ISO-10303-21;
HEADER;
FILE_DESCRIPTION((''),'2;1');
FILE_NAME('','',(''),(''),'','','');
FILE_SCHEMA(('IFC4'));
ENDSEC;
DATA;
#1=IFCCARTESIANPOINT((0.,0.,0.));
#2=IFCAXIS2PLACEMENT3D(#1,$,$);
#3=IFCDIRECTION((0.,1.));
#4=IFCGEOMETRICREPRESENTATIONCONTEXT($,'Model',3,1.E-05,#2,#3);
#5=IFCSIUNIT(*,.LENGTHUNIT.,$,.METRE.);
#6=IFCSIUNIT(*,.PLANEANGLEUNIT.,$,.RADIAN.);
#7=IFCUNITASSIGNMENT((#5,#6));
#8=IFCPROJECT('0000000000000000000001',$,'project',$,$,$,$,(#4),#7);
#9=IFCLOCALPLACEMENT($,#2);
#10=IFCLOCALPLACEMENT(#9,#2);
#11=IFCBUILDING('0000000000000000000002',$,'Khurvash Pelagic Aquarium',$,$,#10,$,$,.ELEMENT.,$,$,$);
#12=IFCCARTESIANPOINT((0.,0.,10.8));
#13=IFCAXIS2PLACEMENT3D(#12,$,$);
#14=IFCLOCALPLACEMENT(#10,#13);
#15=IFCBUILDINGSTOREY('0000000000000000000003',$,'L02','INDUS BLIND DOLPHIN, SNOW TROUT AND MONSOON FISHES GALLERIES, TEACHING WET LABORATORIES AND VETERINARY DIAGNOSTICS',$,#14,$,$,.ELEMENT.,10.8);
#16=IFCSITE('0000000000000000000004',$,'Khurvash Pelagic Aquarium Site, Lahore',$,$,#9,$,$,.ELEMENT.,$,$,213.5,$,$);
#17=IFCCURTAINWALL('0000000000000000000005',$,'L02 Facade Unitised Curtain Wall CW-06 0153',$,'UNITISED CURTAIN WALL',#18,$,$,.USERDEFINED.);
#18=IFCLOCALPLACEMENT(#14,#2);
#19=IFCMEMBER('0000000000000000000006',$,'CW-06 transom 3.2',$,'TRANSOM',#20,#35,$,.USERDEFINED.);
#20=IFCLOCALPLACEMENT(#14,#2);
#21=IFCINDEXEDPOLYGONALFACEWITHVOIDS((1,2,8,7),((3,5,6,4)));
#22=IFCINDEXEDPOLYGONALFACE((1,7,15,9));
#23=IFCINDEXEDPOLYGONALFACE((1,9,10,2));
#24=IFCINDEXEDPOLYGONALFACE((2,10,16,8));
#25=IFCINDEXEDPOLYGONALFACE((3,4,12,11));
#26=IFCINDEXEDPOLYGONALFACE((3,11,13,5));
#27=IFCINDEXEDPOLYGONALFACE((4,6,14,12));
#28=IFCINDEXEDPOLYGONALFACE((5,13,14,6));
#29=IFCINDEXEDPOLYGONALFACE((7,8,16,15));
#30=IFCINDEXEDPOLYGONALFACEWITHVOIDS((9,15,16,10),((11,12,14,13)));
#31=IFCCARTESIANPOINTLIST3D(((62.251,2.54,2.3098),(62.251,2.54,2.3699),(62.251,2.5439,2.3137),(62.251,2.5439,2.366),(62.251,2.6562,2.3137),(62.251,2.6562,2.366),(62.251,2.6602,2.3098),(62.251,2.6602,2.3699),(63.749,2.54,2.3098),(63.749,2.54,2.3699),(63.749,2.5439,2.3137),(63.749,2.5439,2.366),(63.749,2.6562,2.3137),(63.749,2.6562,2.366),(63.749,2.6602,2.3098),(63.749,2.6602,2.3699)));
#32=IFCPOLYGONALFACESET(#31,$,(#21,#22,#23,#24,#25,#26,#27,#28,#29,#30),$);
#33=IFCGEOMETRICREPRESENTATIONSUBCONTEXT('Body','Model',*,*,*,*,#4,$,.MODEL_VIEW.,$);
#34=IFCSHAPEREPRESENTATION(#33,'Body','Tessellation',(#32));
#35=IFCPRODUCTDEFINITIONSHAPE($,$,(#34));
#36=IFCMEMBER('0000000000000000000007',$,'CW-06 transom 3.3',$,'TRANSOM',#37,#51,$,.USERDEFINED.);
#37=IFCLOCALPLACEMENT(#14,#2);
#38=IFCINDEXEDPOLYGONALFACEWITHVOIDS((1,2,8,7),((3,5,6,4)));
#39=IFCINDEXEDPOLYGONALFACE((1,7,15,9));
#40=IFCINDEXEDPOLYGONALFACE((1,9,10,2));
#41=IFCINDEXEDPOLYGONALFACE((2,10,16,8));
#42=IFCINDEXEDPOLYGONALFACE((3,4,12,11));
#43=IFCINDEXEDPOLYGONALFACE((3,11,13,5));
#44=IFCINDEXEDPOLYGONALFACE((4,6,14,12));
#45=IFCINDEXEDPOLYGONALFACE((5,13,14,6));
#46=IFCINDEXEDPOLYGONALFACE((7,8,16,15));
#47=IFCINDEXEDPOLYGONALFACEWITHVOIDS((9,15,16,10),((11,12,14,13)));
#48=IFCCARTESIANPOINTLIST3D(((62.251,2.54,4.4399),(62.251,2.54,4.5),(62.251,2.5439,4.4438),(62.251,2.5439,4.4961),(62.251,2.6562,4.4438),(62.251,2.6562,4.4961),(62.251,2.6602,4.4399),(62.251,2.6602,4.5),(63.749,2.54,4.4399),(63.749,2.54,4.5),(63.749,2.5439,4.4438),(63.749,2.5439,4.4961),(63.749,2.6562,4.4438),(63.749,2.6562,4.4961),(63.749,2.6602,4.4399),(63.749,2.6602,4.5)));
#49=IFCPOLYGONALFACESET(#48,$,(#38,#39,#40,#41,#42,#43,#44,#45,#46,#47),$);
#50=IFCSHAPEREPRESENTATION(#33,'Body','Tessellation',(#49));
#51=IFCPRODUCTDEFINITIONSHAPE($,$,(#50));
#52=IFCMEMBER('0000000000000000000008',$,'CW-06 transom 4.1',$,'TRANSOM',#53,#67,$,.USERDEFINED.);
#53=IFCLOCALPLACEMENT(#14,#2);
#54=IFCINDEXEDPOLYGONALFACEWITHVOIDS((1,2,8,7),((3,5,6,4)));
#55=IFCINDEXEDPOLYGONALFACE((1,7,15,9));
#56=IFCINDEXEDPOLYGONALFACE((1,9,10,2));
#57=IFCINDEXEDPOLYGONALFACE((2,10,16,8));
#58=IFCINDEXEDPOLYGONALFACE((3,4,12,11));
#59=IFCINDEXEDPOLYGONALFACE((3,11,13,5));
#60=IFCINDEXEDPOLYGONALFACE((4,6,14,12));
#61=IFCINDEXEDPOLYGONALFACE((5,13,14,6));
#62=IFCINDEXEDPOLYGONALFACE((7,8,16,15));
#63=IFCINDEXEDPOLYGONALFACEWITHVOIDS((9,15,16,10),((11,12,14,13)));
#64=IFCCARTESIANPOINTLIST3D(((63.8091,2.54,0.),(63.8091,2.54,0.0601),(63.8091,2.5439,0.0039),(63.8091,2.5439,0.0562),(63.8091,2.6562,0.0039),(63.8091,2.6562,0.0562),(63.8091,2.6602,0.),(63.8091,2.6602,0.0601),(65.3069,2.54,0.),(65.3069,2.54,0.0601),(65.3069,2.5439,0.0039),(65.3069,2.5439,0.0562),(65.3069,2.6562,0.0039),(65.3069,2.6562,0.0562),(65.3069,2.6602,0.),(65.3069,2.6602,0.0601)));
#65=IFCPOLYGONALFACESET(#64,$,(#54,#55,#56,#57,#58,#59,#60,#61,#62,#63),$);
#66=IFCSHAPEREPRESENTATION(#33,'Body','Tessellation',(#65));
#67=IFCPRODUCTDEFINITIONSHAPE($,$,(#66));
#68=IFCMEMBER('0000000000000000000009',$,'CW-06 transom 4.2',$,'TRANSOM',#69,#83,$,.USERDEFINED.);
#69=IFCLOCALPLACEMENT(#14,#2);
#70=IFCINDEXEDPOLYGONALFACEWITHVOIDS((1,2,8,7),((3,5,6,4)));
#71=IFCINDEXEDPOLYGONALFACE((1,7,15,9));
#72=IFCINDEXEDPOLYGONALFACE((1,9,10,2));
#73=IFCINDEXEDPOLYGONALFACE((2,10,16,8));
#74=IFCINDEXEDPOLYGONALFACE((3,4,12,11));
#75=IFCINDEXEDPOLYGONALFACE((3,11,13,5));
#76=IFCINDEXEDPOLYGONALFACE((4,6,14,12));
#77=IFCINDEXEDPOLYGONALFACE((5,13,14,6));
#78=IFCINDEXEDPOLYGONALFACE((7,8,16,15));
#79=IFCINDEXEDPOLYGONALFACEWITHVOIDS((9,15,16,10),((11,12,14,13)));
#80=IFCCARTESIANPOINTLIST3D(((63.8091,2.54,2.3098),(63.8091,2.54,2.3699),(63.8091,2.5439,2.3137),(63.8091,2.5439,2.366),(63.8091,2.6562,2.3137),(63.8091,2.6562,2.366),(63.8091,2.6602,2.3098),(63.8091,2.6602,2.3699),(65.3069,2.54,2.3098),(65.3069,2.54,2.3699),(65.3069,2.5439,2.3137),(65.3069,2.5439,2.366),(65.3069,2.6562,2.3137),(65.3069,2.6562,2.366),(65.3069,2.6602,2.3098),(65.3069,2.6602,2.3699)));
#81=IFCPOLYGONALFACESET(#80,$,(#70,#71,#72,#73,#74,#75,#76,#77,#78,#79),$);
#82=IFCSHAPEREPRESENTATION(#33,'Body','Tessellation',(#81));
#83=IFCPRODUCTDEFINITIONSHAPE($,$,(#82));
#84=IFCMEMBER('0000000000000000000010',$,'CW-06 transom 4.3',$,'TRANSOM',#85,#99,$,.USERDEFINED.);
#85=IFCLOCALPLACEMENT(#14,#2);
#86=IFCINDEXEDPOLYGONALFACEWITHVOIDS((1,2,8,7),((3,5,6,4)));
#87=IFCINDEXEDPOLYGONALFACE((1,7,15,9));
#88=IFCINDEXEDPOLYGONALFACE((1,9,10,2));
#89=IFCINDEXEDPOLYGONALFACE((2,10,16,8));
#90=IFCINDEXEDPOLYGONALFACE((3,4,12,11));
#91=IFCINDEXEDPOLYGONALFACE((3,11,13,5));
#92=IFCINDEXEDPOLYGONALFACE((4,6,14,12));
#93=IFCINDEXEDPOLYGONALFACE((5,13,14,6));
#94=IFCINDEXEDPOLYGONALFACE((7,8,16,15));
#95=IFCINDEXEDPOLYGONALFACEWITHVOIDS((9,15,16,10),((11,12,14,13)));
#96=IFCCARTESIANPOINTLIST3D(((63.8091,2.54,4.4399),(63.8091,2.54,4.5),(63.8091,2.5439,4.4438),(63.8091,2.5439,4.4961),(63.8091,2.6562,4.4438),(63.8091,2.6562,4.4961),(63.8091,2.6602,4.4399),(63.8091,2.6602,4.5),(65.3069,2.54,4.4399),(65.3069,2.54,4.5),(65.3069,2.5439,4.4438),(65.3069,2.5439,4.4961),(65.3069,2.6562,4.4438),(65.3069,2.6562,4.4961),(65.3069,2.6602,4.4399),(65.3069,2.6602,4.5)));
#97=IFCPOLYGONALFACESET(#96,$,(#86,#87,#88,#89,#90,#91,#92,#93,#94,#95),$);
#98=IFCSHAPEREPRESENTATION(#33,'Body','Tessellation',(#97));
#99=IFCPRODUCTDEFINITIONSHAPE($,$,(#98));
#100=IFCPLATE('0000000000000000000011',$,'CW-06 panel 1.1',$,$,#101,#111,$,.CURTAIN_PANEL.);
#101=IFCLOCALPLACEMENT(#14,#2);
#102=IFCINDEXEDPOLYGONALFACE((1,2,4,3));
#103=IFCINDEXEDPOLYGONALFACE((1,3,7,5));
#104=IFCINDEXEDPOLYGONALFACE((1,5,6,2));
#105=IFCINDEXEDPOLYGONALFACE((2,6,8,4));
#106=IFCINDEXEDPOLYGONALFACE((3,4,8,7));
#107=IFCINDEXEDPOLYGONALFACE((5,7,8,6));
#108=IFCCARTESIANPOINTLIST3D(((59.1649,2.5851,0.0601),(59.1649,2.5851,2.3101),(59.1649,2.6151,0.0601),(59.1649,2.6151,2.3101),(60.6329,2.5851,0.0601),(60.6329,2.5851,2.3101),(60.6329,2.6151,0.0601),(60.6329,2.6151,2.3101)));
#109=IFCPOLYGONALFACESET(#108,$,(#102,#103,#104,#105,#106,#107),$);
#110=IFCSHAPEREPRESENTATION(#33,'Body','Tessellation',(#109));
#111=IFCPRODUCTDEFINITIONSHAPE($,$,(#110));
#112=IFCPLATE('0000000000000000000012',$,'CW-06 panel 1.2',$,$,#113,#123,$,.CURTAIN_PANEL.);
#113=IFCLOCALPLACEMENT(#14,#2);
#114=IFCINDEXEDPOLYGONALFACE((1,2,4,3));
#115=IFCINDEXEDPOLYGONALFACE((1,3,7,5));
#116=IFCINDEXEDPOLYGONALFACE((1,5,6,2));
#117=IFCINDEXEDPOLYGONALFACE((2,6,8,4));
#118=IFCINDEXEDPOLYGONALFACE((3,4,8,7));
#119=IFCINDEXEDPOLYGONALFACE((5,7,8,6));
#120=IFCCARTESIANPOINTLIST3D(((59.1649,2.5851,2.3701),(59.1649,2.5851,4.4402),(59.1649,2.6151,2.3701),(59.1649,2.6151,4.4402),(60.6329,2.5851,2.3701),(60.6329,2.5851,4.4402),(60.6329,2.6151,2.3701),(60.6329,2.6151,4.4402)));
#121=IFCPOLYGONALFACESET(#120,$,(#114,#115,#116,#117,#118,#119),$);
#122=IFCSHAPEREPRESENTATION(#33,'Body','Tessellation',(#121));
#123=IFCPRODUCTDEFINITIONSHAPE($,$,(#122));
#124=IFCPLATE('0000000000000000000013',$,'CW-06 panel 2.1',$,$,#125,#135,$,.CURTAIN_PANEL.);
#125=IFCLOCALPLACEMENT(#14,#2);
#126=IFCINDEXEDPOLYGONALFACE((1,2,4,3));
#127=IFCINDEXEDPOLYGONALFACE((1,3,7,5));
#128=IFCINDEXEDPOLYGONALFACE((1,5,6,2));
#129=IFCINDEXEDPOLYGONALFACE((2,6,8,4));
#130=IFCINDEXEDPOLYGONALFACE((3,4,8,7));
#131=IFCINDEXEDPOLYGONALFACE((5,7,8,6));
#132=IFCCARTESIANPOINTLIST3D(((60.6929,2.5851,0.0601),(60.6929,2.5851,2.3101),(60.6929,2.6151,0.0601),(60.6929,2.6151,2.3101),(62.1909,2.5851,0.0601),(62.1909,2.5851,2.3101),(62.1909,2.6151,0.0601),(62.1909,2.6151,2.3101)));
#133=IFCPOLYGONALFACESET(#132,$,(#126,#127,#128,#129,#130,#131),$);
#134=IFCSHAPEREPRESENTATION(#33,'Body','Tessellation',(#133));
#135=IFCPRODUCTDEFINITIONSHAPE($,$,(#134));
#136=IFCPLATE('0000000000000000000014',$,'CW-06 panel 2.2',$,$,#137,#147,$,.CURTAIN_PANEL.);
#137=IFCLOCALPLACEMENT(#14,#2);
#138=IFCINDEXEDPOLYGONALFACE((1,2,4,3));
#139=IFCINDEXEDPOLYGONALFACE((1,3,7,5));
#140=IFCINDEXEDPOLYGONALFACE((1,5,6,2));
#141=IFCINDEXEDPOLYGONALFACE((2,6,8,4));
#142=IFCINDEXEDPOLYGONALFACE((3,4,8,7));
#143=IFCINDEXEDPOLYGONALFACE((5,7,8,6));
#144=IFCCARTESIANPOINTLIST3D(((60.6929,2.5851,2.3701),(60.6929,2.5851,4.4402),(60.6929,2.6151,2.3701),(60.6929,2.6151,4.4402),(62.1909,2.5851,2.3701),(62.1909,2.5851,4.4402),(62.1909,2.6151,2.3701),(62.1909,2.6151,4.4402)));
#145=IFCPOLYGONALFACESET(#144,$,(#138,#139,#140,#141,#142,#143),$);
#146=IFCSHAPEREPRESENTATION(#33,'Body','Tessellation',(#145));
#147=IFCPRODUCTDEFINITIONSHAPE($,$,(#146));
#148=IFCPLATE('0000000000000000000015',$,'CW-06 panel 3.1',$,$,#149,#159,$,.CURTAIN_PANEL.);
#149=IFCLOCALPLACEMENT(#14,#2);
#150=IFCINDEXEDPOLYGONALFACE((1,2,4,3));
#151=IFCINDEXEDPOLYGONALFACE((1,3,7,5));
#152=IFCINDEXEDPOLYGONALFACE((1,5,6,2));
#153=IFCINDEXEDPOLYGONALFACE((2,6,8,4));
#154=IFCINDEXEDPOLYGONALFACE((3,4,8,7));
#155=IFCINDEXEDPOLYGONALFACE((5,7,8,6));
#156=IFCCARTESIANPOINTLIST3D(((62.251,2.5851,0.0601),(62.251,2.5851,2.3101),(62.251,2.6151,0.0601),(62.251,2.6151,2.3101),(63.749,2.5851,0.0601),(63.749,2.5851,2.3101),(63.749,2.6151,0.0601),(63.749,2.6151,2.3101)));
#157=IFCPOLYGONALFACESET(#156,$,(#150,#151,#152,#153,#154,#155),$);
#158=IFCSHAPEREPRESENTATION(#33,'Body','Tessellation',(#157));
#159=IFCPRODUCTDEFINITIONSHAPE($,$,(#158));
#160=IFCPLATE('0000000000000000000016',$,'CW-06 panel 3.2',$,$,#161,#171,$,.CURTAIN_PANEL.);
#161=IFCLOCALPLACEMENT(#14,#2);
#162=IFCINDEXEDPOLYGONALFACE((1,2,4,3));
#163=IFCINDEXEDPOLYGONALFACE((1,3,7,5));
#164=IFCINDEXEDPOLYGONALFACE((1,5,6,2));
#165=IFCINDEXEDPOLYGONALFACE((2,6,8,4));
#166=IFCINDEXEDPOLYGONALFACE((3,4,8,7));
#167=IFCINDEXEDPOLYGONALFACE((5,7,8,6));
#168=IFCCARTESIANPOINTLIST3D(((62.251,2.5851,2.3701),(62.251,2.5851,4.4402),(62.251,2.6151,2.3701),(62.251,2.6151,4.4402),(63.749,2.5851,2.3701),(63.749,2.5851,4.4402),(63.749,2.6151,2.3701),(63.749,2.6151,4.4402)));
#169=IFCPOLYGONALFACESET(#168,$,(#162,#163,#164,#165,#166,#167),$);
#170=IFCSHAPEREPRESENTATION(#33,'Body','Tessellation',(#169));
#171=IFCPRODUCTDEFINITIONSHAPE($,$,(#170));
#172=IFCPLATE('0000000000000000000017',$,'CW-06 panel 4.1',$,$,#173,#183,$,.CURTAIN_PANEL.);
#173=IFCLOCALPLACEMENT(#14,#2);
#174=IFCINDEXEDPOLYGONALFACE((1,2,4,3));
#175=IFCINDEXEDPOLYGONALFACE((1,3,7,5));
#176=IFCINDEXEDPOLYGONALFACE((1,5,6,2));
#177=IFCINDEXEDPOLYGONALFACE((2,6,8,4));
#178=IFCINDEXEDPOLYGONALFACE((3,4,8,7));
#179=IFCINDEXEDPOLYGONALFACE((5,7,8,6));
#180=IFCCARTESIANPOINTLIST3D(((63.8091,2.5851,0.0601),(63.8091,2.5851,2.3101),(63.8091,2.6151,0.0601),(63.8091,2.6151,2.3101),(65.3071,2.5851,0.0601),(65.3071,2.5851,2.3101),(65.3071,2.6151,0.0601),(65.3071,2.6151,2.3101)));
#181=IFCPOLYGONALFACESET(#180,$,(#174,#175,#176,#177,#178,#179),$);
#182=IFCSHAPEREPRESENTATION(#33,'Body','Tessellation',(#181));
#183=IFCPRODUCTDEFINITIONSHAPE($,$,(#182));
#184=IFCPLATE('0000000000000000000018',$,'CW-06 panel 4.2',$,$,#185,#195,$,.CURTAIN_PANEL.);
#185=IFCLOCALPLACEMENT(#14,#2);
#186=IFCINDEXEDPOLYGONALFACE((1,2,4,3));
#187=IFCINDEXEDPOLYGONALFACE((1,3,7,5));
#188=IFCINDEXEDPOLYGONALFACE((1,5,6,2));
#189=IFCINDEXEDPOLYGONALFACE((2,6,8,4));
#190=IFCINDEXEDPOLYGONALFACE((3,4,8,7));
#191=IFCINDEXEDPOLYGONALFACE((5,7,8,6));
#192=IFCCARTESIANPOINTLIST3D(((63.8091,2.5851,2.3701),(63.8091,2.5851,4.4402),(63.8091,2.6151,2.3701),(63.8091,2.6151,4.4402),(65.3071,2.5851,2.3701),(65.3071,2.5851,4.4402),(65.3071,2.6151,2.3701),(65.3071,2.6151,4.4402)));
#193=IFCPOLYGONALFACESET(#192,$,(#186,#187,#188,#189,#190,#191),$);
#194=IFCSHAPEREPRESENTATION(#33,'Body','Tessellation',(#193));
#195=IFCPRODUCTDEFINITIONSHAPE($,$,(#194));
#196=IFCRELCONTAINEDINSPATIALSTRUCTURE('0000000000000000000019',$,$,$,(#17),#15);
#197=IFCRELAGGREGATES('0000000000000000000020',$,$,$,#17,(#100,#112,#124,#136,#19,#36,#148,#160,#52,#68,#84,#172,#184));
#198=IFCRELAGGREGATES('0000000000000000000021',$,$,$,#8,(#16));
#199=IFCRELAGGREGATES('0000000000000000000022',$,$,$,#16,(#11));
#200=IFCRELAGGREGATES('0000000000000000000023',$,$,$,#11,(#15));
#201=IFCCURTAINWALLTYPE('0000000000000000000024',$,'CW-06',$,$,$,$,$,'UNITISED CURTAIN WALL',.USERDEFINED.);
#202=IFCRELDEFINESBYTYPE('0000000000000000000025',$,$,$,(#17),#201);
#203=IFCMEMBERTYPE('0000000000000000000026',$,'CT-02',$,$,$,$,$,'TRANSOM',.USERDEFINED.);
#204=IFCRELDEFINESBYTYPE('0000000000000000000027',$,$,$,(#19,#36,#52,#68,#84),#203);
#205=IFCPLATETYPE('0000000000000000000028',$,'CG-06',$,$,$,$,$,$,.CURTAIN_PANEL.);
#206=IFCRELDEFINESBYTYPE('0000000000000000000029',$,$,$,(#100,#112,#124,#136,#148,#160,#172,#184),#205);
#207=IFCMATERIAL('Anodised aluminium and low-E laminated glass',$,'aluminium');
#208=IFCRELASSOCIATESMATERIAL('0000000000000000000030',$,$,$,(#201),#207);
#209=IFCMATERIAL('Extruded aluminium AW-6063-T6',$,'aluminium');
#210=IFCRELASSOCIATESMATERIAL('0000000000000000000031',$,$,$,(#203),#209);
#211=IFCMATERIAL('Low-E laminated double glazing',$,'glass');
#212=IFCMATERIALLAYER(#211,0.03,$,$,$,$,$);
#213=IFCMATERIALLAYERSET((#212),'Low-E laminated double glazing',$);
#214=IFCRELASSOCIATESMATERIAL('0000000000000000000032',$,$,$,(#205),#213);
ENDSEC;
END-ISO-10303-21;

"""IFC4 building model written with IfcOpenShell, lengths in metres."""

from ifc_helpers import new_model, si_unit, direction, frame, origin, origin_2d, place, context, subcontext, project, spatial, rectangle, hollow_rectangle, extrude, material, layer, layer_set, material_profile, profile_set, type_object, element, aggregate, save


model = new_model("IFC4")

# Units and contexts
model_context = context("Model", 3, precision=1e-05, world=origin(), true_north=direction((0.0, 1.0)))
body_context = subcontext(model_context, "Body", "Model", "MODEL_VIEW")
ifc_project = project(units=[si_unit("LENGTHUNIT", "METRE"), si_unit("PLANEANGLEUNIT", "RADIAN")], contexts=[model_context])

# Site, building, storey
site_placement = place(None, origin())
site = spatial("IfcSite", under=ifc_project, at=site_placement, Name="Khurvash Pelagic Aquarium Site, Lahore", CompositionType="ELEMENT", RefElevation=213.5)
building_placement = place(site_placement, origin())
building = spatial("IfcBuilding", under=site, at=building_placement, Name="Khurvash Pelagic Aquarium", CompositionType="ELEMENT")
storey_placement = place(building_placement, frame((0.0, 0.0, 10.8)))
storey = spatial("IfcBuildingStorey", under=building, at=storey_placement, Name="L02", Description="INDUS BLIND DOLPHIN, SNOW TROUT AND MONSOON FISHES GALLERIES, TEACHING WET LABORATORIES AND VETERINARY DIAGNOSTICS", CompositionType="ELEMENT", Elevation=10.8)

# Curtain wall, members, plates
ifc_material_1 = material(Name="Anodised aluminium and low-E laminated glass", Category="aluminium")
curtain_wall_type = type_object("IfcCurtainWallType", Name="CW-06", ElementType="UNITISED CURTAIN WALL", PredefinedType="USERDEFINED", material=ifc_material_1)
curtain_wall_placement = place(storey_placement, origin())
curtain_wall = element("IfcCurtainWall", 1, at=curtain_wall_placement, inside=storey, type_object=curtain_wall_type, Name="L02 Facade Unitised Curtain Wall CW-06 0153", ObjectType="UNITISED CURTAIN WALL", PredefinedType="USERDEFINED")
ifc_material_2 = material(Name="Extruded aluminium AW-6063-T6", Category="aluminium")
ifc_material_profile_1 = material_profile(ifc_material_2, hollow_rectangle(XDim=0.1201, YDim=0.0601, WallThickness=0.0039, at=origin_2d()), Name="CWT120X60X4")
ifc_profile_set_1 = profile_set([ifc_material_profile_1], Name="Extruded aluminium AW-6063-T6")
member_type_1 = type_object("IfcMemberType", Name="CT-02", ElementType="TRANSOM", PredefinedType="USERDEFINED", material=ifc_profile_set_1)
member_1_placement = place(storey_placement, frame((62.251, 2.6001, 2.3398), z_axis=(1.0, 0.0, 0.0), x_axis=(0.0, 1.0, 0.0)))
member_1 = element("IfcMember", 2, at=member_1_placement, type_object=member_type_1, Name="CW-06 transom 3.2", ObjectType="TRANSOM", PredefinedType="USERDEFINED", context=body_context, shape_type="SweptSolid", body=[
    extrude(hollow_rectangle(XDim=0.1201, YDim=0.0601, WallThickness=0.0039, at=origin_2d()), origin(), (0.0, 0.0, 1.0), 1.498),
])
member_2_placement = place(storey_placement, frame((62.251, 2.6001, 4.47), z_axis=(1.0, 0.0, 0.0), x_axis=(0.0, 1.0, 0.0)))
member_2 = element("IfcMember", 3, at=member_2_placement, type_object=member_type_1, Name="CW-06 transom 3.3", ObjectType="TRANSOM", PredefinedType="USERDEFINED", context=body_context, shape_type="SweptSolid", body=[
    extrude(hollow_rectangle(XDim=0.1201, YDim=0.0601, WallThickness=0.0039, at=origin_2d()), origin(), (0.0, 0.0, 1.0), 1.498),
])
member_3_placement = place(storey_placement, frame((63.8091, 2.6001, 0.03), z_axis=(1.0, 0.0, 0.0), x_axis=(0.0, 1.0, 0.0)))
member_3 = element("IfcMember", 4, at=member_3_placement, type_object=member_type_1, Name="CW-06 transom 4.1", ObjectType="TRANSOM", PredefinedType="USERDEFINED", context=body_context, shape_type="SweptSolid", body=[
    extrude(hollow_rectangle(XDim=0.1201, YDim=0.0601, WallThickness=0.0039, at=origin_2d()), origin(), (0.0, 0.0, 1.0), 1.4978),
])
member_4_placement = place(storey_placement, frame((63.8091, 2.6001, 2.3398), z_axis=(1.0, 0.0, 0.0), x_axis=(0.0, 1.0, 0.0)))
member_4 = element("IfcMember", 5, at=member_4_placement, type_object=member_type_1, Name="CW-06 transom 4.2", ObjectType="TRANSOM", PredefinedType="USERDEFINED", context=body_context, shape_type="SweptSolid", body=[
    extrude(hollow_rectangle(XDim=0.1201, YDim=0.0601, WallThickness=0.0039, at=origin_2d()), origin(), (0.0, 0.0, 1.0), 1.4978),
])
member_5_placement = place(storey_placement, frame((63.8091, 2.6001, 4.47), z_axis=(1.0, 0.0, 0.0), x_axis=(0.0, 1.0, 0.0)))
member_5 = element("IfcMember", 6, at=member_5_placement, type_object=member_type_1, Name="CW-06 transom 4.3", ObjectType="TRANSOM", PredefinedType="USERDEFINED", context=body_context, shape_type="SweptSolid", body=[
    extrude(hollow_rectangle(XDim=0.1201, YDim=0.0601, WallThickness=0.0039, at=origin_2d()), origin(), (0.0, 0.0, 1.0), 1.4978),
])
ifc_material_3 = material(Name="Low-E laminated double glazing", Category="glass")
ifc_layer = layer(ifc_material_3, 0.03)
ifc_layer_set = layer_set([ifc_layer], Name="Low-E laminated double glazing")
plate_type = type_object("IfcPlateType", Name="CG-06", PredefinedType="CURTAIN_PANEL", material=ifc_layer_set)
plate_1_placement = place(storey_placement, frame((59.8989, 2.6001, 0.0601), z_axis=(0.0, 0.0, 1.0), x_axis=(1.0, 0.0, 0.0)))
plate_1 = element("IfcPlate", 7, at=plate_1_placement, type_object=plate_type, Name="CW-06 panel 1.1", PredefinedType="CURTAIN_PANEL", context=body_context, shape_type="SweptSolid", body=[
    extrude(rectangle(XDim=1.468, YDim=0.03, at=origin_2d()), origin(), (0.0, 0.0, 1.0), 2.25),
])
plate_2_placement = place(storey_placement, frame((59.8989, 2.6001, 2.3701), z_axis=(0.0, 0.0, 1.0), x_axis=(1.0, 0.0, 0.0)))
plate_2 = element("IfcPlate", 8, at=plate_2_placement, type_object=plate_type, Name="CW-06 panel 1.2", PredefinedType="CURTAIN_PANEL", context=body_context, shape_type="SweptSolid", body=[
    extrude(rectangle(XDim=1.468, YDim=0.03, at=origin_2d()), origin(), (0.0, 0.0, 1.0), 2.0701),
])
plate_3_placement = place(storey_placement, frame((61.4419, 2.6001, 0.0601), z_axis=(0.0, 0.0, 1.0), x_axis=(1.0, 0.0, 0.0)))
plate_3 = element("IfcPlate", 9, at=plate_3_placement, type_object=plate_type, Name="CW-06 panel 2.1", PredefinedType="CURTAIN_PANEL", context=body_context, shape_type="SweptSolid", body=[
    extrude(rectangle(XDim=1.498, YDim=0.03, at=origin_2d()), origin(), (0.0, 0.0, 1.0), 2.25),
])
plate_4_placement = place(storey_placement, frame((61.4419, 2.6001, 2.3701), z_axis=(0.0, 0.0, 1.0), x_axis=(1.0, 0.0, 0.0)))
plate_4 = element("IfcPlate", 10, at=plate_4_placement, type_object=plate_type, Name="CW-06 panel 2.2", PredefinedType="CURTAIN_PANEL", context=body_context, shape_type="SweptSolid", body=[
    extrude(rectangle(XDim=1.498, YDim=0.03, at=origin_2d()), origin(), (0.0, 0.0, 1.0), 2.0701),
])
plate_5_placement = place(storey_placement, frame((63.0, 2.6001, 0.0601), z_axis=(0.0, 0.0, 1.0), x_axis=(1.0, 0.0, 0.0)))
plate_5 = element("IfcPlate", 11, at=plate_5_placement, type_object=plate_type, Name="CW-06 panel 3.1", PredefinedType="CURTAIN_PANEL", context=body_context, shape_type="SweptSolid", body=[
    extrude(rectangle(XDim=1.498, YDim=0.03, at=origin_2d()), origin(), (0.0, 0.0, 1.0), 2.25),
])
plate_6_placement = place(storey_placement, frame((63.0, 2.6001, 2.3701), z_axis=(0.0, 0.0, 1.0), x_axis=(1.0, 0.0, 0.0)))
plate_6 = element("IfcPlate", 12, at=plate_6_placement, type_object=plate_type, Name="CW-06 panel 3.2", PredefinedType="CURTAIN_PANEL", context=body_context, shape_type="SweptSolid", body=[
    extrude(rectangle(XDim=1.498, YDim=0.03, at=origin_2d()), origin(), (0.0, 0.0, 1.0), 2.0701),
])
plate_7_placement = place(storey_placement, frame((64.5581, 2.6001, 0.0601), z_axis=(0.0, 0.0, 1.0), x_axis=(1.0, 0.0, 0.0)))
plate_7 = element("IfcPlate", 13, at=plate_7_placement, type_object=plate_type, Name="CW-06 panel 4.1", PredefinedType="CURTAIN_PANEL", context=body_context, shape_type="SweptSolid", body=[
    extrude(rectangle(XDim=1.498, YDim=0.03, at=origin_2d()), origin(), (0.0, 0.0, 1.0), 2.25),
])
plate_8_placement = place(storey_placement, frame((64.5581, 2.6001, 2.3701), z_axis=(0.0, 0.0, 1.0), x_axis=(1.0, 0.0, 0.0)))
plate_8 = element("IfcPlate", 14, at=plate_8_placement, type_object=plate_type, Name="CW-06 panel 4.2", PredefinedType="CURTAIN_PANEL", context=body_context, shape_type="SweptSolid", body=[
    extrude(rectangle(XDim=1.498, YDim=0.03, at=origin_2d()), origin(), (0.0, 0.0, 1.0), 2.0701),
])
aggregate(curtain_wall, [plate_1, plate_2, plate_3, plate_4, member_1, member_2, plate_5, plate_6, member_3, member_4, member_5, plate_7, plate_8])

save(model, "model.ifc")
